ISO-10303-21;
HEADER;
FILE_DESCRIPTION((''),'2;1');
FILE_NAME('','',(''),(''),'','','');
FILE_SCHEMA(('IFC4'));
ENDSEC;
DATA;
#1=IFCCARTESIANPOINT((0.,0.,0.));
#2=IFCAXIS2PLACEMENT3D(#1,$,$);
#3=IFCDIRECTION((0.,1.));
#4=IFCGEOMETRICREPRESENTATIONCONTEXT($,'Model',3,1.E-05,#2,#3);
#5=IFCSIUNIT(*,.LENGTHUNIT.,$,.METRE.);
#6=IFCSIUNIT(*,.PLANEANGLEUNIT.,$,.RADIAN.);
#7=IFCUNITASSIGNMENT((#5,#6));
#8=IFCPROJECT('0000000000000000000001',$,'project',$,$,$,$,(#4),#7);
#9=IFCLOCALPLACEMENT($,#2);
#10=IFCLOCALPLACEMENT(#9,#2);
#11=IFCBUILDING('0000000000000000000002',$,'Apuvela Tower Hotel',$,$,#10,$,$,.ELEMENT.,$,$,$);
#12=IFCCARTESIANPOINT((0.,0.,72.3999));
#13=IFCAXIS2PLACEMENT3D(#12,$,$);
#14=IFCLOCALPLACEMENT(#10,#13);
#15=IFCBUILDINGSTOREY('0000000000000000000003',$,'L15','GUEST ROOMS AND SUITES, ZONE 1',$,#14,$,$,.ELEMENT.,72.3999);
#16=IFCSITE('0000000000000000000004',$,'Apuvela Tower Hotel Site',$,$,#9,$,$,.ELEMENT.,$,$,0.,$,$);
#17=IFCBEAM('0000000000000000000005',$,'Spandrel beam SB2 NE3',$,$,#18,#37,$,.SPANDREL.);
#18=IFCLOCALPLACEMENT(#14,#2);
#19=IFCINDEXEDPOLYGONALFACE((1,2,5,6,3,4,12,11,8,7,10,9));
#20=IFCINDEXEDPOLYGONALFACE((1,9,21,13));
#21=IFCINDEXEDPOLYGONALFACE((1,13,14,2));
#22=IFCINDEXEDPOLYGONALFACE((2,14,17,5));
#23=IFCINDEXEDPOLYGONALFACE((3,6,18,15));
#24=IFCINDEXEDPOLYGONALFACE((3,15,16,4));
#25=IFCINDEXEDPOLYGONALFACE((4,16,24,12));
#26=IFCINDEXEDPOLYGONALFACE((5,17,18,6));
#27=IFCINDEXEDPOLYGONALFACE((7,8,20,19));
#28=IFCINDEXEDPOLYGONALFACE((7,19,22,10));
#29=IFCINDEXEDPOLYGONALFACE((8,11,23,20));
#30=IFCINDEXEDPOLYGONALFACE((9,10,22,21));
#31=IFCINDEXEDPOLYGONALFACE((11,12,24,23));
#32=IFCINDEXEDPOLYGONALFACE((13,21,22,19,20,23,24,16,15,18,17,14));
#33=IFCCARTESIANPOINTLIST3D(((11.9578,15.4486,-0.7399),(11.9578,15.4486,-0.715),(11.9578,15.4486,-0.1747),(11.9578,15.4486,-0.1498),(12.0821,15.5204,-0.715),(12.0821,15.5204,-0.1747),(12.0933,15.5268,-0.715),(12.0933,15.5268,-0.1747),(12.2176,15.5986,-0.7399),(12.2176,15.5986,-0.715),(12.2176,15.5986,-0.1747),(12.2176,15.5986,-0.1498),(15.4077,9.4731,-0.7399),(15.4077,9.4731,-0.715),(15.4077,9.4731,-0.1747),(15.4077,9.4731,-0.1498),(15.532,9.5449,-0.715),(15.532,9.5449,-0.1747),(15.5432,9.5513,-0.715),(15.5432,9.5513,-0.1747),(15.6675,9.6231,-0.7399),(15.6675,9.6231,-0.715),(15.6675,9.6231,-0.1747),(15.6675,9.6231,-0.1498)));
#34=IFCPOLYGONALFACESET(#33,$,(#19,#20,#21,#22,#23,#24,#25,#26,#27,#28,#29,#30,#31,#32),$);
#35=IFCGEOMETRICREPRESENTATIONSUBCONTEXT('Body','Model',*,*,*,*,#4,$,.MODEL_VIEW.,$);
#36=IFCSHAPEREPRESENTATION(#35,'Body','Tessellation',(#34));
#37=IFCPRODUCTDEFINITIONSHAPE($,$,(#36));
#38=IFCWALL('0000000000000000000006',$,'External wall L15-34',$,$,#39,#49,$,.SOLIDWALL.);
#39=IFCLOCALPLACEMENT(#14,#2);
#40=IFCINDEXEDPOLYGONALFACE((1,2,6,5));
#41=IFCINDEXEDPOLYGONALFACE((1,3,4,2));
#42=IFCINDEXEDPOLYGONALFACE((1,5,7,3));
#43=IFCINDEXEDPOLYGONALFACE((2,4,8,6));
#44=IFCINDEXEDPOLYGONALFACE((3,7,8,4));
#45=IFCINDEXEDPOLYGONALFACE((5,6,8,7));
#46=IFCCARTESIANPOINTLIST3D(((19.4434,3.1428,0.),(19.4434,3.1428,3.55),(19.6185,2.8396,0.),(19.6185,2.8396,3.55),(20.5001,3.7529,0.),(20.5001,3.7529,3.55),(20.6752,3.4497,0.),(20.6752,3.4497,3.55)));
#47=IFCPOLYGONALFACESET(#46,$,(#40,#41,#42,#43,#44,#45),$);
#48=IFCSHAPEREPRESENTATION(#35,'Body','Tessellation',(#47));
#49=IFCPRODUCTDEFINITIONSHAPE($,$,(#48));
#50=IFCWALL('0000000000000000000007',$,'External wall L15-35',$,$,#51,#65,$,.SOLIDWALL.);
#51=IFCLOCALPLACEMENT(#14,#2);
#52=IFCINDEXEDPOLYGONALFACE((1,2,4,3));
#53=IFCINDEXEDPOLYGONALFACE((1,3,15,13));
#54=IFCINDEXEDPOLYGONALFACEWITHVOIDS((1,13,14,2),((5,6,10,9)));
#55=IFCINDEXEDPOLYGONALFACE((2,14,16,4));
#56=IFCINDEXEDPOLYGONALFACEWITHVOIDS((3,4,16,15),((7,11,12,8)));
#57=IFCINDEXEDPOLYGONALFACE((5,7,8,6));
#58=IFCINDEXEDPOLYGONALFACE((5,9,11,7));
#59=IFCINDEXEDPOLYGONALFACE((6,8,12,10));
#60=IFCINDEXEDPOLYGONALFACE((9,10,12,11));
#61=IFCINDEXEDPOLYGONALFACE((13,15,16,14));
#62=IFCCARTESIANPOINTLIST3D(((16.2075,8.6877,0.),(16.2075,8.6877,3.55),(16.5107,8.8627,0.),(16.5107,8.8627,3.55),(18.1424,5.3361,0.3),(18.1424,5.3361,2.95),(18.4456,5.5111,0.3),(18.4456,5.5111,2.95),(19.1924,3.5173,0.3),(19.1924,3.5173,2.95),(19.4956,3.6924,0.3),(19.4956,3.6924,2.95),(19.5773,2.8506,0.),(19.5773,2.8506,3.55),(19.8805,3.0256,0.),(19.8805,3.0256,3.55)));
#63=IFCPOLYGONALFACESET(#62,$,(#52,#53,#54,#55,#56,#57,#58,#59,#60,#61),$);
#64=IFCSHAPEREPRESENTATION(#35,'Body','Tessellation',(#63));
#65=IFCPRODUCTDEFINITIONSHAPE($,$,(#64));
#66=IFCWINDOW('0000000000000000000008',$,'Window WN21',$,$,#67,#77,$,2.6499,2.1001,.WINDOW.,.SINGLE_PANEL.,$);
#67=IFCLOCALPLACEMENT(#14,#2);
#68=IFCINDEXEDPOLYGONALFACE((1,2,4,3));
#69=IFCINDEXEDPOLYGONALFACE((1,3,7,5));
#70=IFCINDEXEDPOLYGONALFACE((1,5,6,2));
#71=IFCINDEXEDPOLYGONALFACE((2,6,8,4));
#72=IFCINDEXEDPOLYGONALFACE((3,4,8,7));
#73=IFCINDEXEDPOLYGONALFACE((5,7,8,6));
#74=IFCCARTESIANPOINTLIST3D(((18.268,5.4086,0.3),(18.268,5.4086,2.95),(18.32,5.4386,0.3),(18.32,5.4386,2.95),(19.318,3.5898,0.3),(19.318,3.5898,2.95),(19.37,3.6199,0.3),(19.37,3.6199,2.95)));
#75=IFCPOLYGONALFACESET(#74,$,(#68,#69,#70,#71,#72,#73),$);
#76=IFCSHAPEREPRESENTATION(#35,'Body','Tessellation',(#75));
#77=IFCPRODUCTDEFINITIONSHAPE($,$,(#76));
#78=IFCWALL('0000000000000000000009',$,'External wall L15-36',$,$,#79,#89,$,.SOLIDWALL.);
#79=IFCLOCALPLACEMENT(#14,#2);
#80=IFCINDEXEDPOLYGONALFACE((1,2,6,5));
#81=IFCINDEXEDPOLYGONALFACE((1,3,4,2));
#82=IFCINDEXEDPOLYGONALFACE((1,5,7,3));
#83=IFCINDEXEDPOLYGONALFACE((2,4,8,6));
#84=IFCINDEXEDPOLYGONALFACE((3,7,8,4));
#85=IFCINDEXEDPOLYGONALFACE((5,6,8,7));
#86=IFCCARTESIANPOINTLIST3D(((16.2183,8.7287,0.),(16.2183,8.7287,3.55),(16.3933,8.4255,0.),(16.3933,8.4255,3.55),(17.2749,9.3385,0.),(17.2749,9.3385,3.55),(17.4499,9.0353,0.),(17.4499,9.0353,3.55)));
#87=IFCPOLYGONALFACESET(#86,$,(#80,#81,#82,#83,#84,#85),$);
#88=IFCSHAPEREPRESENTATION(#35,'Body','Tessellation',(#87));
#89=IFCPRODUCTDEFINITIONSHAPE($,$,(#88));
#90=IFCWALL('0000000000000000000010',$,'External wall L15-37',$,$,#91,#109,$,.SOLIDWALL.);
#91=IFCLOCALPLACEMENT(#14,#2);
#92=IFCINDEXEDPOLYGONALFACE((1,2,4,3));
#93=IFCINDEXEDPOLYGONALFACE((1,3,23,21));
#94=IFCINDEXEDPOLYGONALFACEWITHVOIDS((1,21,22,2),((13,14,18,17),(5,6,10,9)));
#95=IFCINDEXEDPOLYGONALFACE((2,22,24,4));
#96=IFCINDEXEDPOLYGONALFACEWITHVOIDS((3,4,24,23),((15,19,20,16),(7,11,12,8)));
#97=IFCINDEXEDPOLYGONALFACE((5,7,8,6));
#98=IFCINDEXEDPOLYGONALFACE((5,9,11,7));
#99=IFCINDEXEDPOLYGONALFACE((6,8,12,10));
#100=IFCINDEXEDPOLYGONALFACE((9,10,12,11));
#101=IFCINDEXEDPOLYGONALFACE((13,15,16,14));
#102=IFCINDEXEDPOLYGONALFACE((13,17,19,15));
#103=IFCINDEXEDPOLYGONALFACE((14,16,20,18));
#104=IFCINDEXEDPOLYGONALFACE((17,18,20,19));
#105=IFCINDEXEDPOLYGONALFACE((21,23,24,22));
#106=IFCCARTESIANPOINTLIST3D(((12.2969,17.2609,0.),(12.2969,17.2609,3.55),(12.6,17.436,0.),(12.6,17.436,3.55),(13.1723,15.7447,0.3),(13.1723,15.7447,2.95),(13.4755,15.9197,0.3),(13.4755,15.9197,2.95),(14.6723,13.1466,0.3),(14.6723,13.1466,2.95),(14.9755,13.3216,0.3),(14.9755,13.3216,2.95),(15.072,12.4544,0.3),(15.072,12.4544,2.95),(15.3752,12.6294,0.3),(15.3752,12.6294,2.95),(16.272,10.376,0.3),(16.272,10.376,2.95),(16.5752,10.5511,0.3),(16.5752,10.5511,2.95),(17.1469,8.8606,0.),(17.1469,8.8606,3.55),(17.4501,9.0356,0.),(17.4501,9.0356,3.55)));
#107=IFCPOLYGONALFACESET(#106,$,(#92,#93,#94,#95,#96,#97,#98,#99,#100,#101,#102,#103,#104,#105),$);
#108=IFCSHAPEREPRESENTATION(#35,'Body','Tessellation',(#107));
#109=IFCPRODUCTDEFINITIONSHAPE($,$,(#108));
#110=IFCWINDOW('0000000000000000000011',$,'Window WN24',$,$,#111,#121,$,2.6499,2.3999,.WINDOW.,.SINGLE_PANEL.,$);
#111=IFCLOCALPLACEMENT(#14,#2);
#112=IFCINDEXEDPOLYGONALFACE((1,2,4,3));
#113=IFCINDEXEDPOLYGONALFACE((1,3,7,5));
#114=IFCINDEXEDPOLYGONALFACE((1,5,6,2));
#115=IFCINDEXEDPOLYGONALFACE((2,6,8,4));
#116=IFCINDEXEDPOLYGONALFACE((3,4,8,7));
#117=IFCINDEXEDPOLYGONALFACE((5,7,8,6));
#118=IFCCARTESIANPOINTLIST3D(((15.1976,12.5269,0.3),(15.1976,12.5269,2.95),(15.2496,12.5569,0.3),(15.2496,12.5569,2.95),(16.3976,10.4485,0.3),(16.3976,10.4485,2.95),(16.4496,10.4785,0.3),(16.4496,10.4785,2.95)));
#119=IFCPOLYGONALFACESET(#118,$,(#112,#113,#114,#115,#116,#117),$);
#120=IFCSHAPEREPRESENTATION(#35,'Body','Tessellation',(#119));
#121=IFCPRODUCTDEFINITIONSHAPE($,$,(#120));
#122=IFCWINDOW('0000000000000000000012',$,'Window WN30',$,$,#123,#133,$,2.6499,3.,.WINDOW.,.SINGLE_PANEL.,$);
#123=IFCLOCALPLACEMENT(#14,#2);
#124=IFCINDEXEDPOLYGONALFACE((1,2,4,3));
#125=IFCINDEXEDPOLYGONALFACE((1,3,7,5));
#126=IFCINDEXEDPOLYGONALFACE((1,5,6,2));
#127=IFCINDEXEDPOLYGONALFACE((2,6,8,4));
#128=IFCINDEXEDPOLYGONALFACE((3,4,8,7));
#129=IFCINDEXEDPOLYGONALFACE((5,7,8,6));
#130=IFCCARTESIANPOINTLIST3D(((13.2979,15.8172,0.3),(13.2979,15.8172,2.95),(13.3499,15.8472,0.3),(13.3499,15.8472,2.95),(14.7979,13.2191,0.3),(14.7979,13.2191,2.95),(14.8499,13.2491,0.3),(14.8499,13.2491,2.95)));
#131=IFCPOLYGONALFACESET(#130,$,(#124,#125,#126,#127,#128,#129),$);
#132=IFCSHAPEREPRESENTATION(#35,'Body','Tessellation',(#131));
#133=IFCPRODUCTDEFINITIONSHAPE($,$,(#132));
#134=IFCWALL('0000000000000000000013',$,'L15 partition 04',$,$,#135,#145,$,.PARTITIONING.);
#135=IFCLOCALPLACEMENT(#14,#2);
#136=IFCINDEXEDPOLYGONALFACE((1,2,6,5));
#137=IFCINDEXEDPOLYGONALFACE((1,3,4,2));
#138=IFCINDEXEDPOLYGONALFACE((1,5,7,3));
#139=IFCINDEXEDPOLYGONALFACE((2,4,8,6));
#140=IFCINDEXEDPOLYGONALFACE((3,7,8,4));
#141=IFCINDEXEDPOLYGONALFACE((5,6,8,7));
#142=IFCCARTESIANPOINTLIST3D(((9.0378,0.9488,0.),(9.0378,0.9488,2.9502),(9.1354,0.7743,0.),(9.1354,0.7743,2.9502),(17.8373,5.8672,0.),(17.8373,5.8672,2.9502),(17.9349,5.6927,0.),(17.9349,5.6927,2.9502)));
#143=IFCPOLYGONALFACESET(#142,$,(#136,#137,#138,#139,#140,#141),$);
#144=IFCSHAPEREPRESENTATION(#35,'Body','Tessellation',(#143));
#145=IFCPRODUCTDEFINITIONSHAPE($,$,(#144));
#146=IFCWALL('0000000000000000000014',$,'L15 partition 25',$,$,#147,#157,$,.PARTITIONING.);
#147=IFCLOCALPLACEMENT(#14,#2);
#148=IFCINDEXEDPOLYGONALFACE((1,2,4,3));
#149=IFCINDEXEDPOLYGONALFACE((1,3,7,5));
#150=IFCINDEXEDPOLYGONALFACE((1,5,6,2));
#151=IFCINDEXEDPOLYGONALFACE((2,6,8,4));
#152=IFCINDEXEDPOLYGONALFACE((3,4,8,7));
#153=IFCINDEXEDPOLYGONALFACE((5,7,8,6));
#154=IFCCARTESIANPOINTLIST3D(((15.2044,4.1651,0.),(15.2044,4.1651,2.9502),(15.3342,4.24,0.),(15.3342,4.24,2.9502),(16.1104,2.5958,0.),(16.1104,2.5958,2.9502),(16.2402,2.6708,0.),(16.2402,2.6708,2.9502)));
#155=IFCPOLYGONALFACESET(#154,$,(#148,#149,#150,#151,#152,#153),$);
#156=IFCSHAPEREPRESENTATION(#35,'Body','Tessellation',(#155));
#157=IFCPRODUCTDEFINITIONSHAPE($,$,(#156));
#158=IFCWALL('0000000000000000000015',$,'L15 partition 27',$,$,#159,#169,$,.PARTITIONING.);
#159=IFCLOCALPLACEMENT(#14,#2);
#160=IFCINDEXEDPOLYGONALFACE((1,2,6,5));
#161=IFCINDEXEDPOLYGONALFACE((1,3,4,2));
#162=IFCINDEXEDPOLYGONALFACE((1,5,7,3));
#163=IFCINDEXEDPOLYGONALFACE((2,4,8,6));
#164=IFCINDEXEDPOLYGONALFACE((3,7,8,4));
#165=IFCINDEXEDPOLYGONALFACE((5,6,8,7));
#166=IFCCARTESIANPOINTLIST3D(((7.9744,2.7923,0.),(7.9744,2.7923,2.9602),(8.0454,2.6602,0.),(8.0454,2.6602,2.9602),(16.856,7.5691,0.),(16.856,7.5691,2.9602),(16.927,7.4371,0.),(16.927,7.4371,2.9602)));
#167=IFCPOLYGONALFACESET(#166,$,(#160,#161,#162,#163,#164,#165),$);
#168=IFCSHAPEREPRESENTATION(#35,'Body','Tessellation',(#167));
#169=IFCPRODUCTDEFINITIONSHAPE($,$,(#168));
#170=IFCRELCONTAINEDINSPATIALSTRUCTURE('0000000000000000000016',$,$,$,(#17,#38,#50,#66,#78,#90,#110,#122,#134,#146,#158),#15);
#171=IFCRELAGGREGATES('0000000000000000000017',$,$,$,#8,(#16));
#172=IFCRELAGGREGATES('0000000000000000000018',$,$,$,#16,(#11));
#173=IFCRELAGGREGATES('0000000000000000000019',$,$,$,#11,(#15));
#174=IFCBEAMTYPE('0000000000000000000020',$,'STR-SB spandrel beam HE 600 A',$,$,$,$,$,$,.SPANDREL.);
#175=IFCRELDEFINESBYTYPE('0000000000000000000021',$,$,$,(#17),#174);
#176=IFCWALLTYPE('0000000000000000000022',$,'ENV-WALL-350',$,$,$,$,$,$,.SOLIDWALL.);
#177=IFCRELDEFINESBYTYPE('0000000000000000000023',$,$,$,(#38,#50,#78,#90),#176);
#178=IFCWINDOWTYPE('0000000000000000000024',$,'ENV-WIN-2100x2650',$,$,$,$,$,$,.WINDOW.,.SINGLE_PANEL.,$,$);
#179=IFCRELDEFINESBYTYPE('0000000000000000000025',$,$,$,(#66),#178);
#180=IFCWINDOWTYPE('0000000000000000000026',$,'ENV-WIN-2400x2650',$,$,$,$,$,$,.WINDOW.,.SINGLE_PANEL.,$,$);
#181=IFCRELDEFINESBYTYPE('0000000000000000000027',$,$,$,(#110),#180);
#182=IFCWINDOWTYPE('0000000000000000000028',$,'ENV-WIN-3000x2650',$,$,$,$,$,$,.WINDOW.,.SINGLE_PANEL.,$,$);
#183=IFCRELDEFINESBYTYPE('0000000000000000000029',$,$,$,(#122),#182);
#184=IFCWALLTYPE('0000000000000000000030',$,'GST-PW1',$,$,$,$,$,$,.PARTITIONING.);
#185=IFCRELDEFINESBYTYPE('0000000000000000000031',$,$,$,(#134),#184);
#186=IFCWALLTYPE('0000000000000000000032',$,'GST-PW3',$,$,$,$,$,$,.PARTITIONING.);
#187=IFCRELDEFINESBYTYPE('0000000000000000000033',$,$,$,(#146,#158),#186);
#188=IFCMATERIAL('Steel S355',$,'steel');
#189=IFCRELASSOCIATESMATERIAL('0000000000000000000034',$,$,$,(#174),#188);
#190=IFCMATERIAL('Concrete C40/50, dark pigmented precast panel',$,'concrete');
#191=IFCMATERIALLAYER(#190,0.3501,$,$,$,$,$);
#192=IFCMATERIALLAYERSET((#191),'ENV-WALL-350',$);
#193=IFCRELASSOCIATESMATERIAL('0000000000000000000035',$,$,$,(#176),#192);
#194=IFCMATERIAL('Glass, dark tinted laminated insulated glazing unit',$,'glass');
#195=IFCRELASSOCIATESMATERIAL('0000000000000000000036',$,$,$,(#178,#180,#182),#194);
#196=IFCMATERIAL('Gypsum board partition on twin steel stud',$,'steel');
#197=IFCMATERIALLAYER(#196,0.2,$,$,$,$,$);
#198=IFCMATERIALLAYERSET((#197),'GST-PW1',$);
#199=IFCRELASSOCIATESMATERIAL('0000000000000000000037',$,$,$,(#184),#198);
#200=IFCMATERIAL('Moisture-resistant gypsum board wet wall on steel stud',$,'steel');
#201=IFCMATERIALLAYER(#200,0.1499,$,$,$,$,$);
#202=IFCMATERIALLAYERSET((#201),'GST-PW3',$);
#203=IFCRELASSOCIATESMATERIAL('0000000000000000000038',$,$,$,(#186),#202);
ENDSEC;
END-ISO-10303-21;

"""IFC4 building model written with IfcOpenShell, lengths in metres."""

from ifc_helpers import new_model, si_unit, direction, frame, frame_2d, origin, origin_2d, place, context, subcontext, project, spatial, rectangle, i_section, extrude, material, layer, layer_set, material_profile, profile_set, type_object, element, fill, save


model = new_model("IFC4")

# Units and contexts
model_context = context("Model", 3, precision=1e-05, world=origin(), true_north=direction((0.0, 1.0)))
body_context = subcontext(model_context, "Body", "Model", "MODEL_VIEW")
ifc_project = project(units=[si_unit("LENGTHUNIT", "METRE"), si_unit("PLANEANGLEUNIT", "RADIAN")], contexts=[model_context])

# Site, building, storey
site_placement = place(None, origin())
site = spatial("IfcSite", under=ifc_project, at=site_placement, Name="Apuvela Tower Hotel Site", CompositionType="ELEMENT", RefElevation=0.0)
building_placement = place(site_placement, origin())
building = spatial("IfcBuilding", under=site, at=building_placement, Name="Apuvela Tower Hotel", CompositionType="ELEMENT")
storey_placement = place(building_placement, frame((0.0, 0.0, 72.3999)))
storey = spatial("IfcBuildingStorey", under=building, at=storey_placement, Name="L15", Description="GUEST ROOMS AND SUITES, ZONE 1", CompositionType="ELEMENT", Elevation=72.3999)

# Beam
ifc_material_1 = material(Name="Steel S355", Category="steel")
ifc_material_profile_1 = material_profile(ifc_material_1, i_section(OverallWidth=0.3, OverallDepth=0.5901, WebThickness=0.0129, FlangeThickness=0.0249, at=origin_2d()), Name="HE 600 A")
ifc_profile_set_1 = profile_set([ifc_material_profile_1], Name="Steel S355")
beam_type_1 = type_object("IfcBeamType", Name="STR-SB spandrel beam HE 600 A", PredefinedType="SPANDREL", material=ifc_profile_set_1)
for number, where, z_axis, x_axis, name in (
    (1, (15.5376, 9.5481, -0.4448), (-0.499994, 0.866029, 0.0), (-0.866029, -0.499994, 0.0), "Spandrel beam SB2 NE3"),
):
    element("IfcBeam", number, at=place(storey_placement, frame(where, z_axis=z_axis, x_axis=x_axis)), inside=storey, type_object=beam_type_1, Name=name, PredefinedType="SPANDREL", context=body_context, shape_type="SweptSolid", body=[
        extrude(i_section(OverallWidth=0.3, OverallDepth=0.5901, WebThickness=0.0129, FlangeThickness=0.0249, at=origin_2d()), origin(), (0.0, 0.0, 1.0), 6.8999),
    ])

# Wall
ifc_material_2 = material(Name="Concrete C40/50, dark pigmented precast panel", Category="concrete")
ifc_layer_1 = layer(ifc_material_2, 0.3501)
ifc_layer_set_1 = layer_set([ifc_layer_1], Name="ENV-WALL-350")
wall_type_1 = type_object("IfcWallType", Name="ENV-WALL-350", PredefinedType="SOLIDWALL", material=ifc_layer_set_1)
wall_1_placement = place(storey_placement, frame((20.5876, 3.6013, 0.0), z_axis=(0.0, 0.0, 1.0), x_axis=(-0.866006, -0.500034, 0.0)))
element("IfcWall", 2, at=wall_1_placement, inside=storey, type_object=wall_type_1, Name="External wall L15-34", PredefinedType="SOLIDWALL", context=body_context, shape_type="SweptSolid", body=[
    extrude(rectangle(XDim=1.2202, YDim=0.3501, at=frame_2d((0.6101, 0.0))), origin(), (0.0, 0.0, 1.0), 3.55),
])

# Wall, opening, window
wall_2_placement = place(storey_placement, frame((19.729, 2.938, 0.0), z_axis=(0.0, 0.0, 1.0), x_axis=(-0.499976, 0.866039, 0.0)))
wall_2 = element("IfcWall", 3, at=wall_2_placement, inside=storey, type_object=wall_type_1, Name="External wall L15-35", PredefinedType="SOLIDWALL", context=body_context, shape_type="SweptSolid", body=[
    extrude(rectangle(XDim=6.74, YDim=0.3501, at=frame_2d((3.3701, 0.0))), origin(), (0.0, 0.0, 1.0), 3.55),
])
opening_1_placement = place(wall_2_placement, frame((0.77, 0.0, 0.3)))
opening_1 = element("IfcOpeningElement", 4, at=opening_1_placement, cuts=wall_2, PredefinedType="OPENING", context=body_context, shape_type="SweptSolid", body=[
    extrude(rectangle(XDim=2.1001, YDim=2.6499, at=frame_2d((1.05, 1.325))), frame((0.0, 0.1851, 0.0), z_axis=(0.0, -1.0, 0.0), x_axis=(1.0, 0.0, 0.0)), (0.0, 0.0, 1.0), 0.3701),
])
ifc_material_3 = material(Name="Glass, dark tinted laminated insulated glazing unit", Category="glass")
window_type_1 = type_object("IfcWindowType", Name="ENV-WIN-2100x2650", PartitioningType="SINGLE_PANEL", PredefinedType="WINDOW", material=ifc_material_3)
window_1_placement = place(opening_1_placement, origin())
window_1 = element("IfcWindow", 5, at=window_1_placement, inside=storey, type_object=window_type_1, Name="Window WN21", OverallHeight=2.6499, OverallWidth=2.1001, PartitioningType="SINGLE_PANEL", PredefinedType="WINDOW", context=body_context, shape_type="SweptSolid", body=[
    extrude(rectangle(XDim=2.1001, YDim=2.6499, at=frame_2d((1.05, 1.325))), frame((0.0, 0.03, 0.0), z_axis=(0.0, -1.0, 0.0), x_axis=(1.0, 0.0, 0.0)), (0.0, 0.0, 1.0), 0.0601),
])
fill(opening_1, window_1)

# Wall
wall_3_placement = place(storey_placement, frame((16.3059, 8.5771, 0.0), z_axis=(0.0, 0.0, 1.0), x_axis=(0.866092, 0.499884, 0.0)))
element("IfcWall", 6, at=wall_3_placement, inside=storey, type_object=wall_type_1, Name="External wall L15-36", PredefinedType="SOLIDWALL", context=body_context, shape_type="SweptSolid", body=[
    extrude(rectangle(XDim=1.22, YDim=0.3501, at=frame_2d((0.6099, 0.0))), origin(), (0.0, 0.0, 1.0), 3.55),
])

# Wall, openings, windows
wall_4_placement = place(storey_placement, frame((17.2986, 8.948, 0.0), z_axis=(0.0, 0.0, 1.0), x_axis=(-0.50001, 0.86602, 0.0)))
wall_4 = element("IfcWall", 7, at=wall_4_placement, inside=storey, type_object=wall_type_1, Name="External wall L15-37", PredefinedType="SOLIDWALL", context=body_context, shape_type="SweptSolid", body=[
    extrude(rectangle(XDim=9.7, YDim=0.3501, at=frame_2d((4.8501, 0.0))), origin(), (0.0, 0.0, 1.0), 3.55),
])
opening_2_placement = place(wall_4_placement, frame((1.75, 0.0, 0.3)))
opening_2 = element("IfcOpeningElement", 8, at=opening_2_placement, cuts=wall_4, PredefinedType="OPENING", context=body_context, shape_type="SweptSolid", body=[
    extrude(rectangle(XDim=2.3999, YDim=2.6499, at=frame_2d((1.2, 1.325))), frame((0.0, 0.1851, 0.0), z_axis=(0.0, -1.0, 0.0), x_axis=(1.0, 0.0, 0.0)), (0.0, 0.0, 1.0), 0.3701),
])
opening_3_placement = place(wall_4_placement, frame((4.9492, 0.0, 0.3)))
opening_3 = element("IfcOpeningElement", 9, at=opening_3_placement, cuts=wall_4, PredefinedType="OPENING", context=body_context, shape_type="SweptSolid", body=[
    extrude(rectangle(XDim=3.0, YDim=2.6499, at=frame_2d((1.5, 1.325))), frame((0.0, 0.1851, 0.0), z_axis=(0.0, -1.0, 0.0), x_axis=(1.0, 0.0, 0.0)), (0.0, 0.0, 1.0), 0.3701),
])
window_type_2 = type_object("IfcWindowType", Name="ENV-WIN-2400x2650", PartitioningType="SINGLE_PANEL", PredefinedType="WINDOW", material=ifc_material_3)
window_2_placement = place(opening_2_placement, origin())
window_2 = element("IfcWindow", 10, at=window_2_placement, inside=storey, type_object=window_type_2, Name="Window WN24", OverallHeight=2.6499, OverallWidth=2.3999, PartitioningType="SINGLE_PANEL", PredefinedType="WINDOW", context=body_context, shape_type="SweptSolid", body=[
    extrude(rectangle(XDim=2.3999, YDim=2.6499, at=frame_2d((1.2, 1.325))), frame((0.0, 0.03, 0.0), z_axis=(0.0, -1.0, 0.0), x_axis=(1.0, 0.0, 0.0)), (0.0, 0.0, 1.0), 0.0601),
])
fill(opening_2, window_2)
window_type_3 = type_object("IfcWindowType", Name="ENV-WIN-3000x2650", PartitioningType="SINGLE_PANEL", PredefinedType="WINDOW", material=ifc_material_3)
window_3_placement = place(opening_3_placement, origin())
window_3 = element("IfcWindow", 11, at=window_3_placement, inside=storey, type_object=window_type_3, Name="Window WN30", OverallHeight=2.6499, OverallWidth=3.0, PartitioningType="SINGLE_PANEL", PredefinedType="WINDOW", context=body_context, shape_type="SweptSolid", body=[
    extrude(rectangle(XDim=3.0, YDim=2.6499, at=frame_2d((1.5, 1.325))), frame((0.0, 0.03, 0.0), z_axis=(0.0, -1.0, 0.0), x_axis=(1.0, 0.0, 0.0)), (0.0, 0.0, 1.0), 0.0601),
])
fill(opening_3, window_3)

# Walls
ifc_material_4 = material(Name="Gypsum board partition on twin steel stud", Category="steel")
ifc_layer_2 = layer(ifc_material_4, 0.2)
ifc_layer_set_2 = layer_set([ifc_layer_2], Name="GST-PW1")
wall_type_2 = type_object("IfcWallType", Name="GST-PW1", PredefinedType="PARTITIONING", material=ifc_layer_set_2)
wall_5_placement = place(storey_placement, frame((17.8862, 5.78, 0.0), z_axis=(0.0, 0.0, 1.0), x_axis=(-0.872899, -0.487901, 0.0)))
element("IfcWall", 12, at=wall_5_placement, inside=storey, type_object=wall_type_2, Name="L15 partition 04", PredefinedType="PARTITIONING", context=body_context, shape_type="SweptSolid", body=[
    extrude(rectangle(XDim=10.0808, YDim=0.2, at=frame_2d((5.0405, 0.0))), origin(), (0.0, 0.0, 1.0), 2.9502),
])
ifc_material_5 = material(Name="Moisture-resistant gypsum board wet wall on steel stud", Category="steel")
ifc_layer_3 = layer(ifc_material_5, 0.1499)
ifc_layer_set_3 = layer_set([ifc_layer_3], Name="GST-PW3")
wall_type_3 = type_object("IfcWallType", Name="GST-PW3", PredefinedType="PARTITIONING", material=ifc_layer_set_3)
wall_6_placement = place(storey_placement, frame((16.1753, 2.6333, 0.0), z_axis=(0.0, 0.0, 1.0), x_axis=(-0.499979, 0.866038, 0.0)))
element("IfcWall", 13, at=wall_6_placement, inside=storey, type_object=wall_type_3, Name="L15 partition 25", PredefinedType="PARTITIONING", context=body_context, shape_type="SweptSolid", body=[
    extrude(rectangle(XDim=1.812, YDim=0.1499, at=frame_2d((0.906, 0.0))), origin(), (0.0, 0.0, 1.0), 2.9502),
])
wall_7_placement = place(storey_placement, frame((16.8916, 7.5032, 0.0), z_axis=(0.0, 0.0, 1.0), x_axis=(-0.8807, -0.473674, 0.0)))
element("IfcWall", 14, at=wall_7_placement, inside=storey, type_object=wall_type_3, Name="L15 partition 27", PredefinedType="PARTITIONING", context=body_context, shape_type="SweptSolid", body=[
    extrude(rectangle(XDim=10.0847, YDim=0.1499, at=frame_2d((5.0425, 0.0))), origin(), (0.0, 0.0, 1.0), 2.9602),
])

save(model, "model.ifc")
